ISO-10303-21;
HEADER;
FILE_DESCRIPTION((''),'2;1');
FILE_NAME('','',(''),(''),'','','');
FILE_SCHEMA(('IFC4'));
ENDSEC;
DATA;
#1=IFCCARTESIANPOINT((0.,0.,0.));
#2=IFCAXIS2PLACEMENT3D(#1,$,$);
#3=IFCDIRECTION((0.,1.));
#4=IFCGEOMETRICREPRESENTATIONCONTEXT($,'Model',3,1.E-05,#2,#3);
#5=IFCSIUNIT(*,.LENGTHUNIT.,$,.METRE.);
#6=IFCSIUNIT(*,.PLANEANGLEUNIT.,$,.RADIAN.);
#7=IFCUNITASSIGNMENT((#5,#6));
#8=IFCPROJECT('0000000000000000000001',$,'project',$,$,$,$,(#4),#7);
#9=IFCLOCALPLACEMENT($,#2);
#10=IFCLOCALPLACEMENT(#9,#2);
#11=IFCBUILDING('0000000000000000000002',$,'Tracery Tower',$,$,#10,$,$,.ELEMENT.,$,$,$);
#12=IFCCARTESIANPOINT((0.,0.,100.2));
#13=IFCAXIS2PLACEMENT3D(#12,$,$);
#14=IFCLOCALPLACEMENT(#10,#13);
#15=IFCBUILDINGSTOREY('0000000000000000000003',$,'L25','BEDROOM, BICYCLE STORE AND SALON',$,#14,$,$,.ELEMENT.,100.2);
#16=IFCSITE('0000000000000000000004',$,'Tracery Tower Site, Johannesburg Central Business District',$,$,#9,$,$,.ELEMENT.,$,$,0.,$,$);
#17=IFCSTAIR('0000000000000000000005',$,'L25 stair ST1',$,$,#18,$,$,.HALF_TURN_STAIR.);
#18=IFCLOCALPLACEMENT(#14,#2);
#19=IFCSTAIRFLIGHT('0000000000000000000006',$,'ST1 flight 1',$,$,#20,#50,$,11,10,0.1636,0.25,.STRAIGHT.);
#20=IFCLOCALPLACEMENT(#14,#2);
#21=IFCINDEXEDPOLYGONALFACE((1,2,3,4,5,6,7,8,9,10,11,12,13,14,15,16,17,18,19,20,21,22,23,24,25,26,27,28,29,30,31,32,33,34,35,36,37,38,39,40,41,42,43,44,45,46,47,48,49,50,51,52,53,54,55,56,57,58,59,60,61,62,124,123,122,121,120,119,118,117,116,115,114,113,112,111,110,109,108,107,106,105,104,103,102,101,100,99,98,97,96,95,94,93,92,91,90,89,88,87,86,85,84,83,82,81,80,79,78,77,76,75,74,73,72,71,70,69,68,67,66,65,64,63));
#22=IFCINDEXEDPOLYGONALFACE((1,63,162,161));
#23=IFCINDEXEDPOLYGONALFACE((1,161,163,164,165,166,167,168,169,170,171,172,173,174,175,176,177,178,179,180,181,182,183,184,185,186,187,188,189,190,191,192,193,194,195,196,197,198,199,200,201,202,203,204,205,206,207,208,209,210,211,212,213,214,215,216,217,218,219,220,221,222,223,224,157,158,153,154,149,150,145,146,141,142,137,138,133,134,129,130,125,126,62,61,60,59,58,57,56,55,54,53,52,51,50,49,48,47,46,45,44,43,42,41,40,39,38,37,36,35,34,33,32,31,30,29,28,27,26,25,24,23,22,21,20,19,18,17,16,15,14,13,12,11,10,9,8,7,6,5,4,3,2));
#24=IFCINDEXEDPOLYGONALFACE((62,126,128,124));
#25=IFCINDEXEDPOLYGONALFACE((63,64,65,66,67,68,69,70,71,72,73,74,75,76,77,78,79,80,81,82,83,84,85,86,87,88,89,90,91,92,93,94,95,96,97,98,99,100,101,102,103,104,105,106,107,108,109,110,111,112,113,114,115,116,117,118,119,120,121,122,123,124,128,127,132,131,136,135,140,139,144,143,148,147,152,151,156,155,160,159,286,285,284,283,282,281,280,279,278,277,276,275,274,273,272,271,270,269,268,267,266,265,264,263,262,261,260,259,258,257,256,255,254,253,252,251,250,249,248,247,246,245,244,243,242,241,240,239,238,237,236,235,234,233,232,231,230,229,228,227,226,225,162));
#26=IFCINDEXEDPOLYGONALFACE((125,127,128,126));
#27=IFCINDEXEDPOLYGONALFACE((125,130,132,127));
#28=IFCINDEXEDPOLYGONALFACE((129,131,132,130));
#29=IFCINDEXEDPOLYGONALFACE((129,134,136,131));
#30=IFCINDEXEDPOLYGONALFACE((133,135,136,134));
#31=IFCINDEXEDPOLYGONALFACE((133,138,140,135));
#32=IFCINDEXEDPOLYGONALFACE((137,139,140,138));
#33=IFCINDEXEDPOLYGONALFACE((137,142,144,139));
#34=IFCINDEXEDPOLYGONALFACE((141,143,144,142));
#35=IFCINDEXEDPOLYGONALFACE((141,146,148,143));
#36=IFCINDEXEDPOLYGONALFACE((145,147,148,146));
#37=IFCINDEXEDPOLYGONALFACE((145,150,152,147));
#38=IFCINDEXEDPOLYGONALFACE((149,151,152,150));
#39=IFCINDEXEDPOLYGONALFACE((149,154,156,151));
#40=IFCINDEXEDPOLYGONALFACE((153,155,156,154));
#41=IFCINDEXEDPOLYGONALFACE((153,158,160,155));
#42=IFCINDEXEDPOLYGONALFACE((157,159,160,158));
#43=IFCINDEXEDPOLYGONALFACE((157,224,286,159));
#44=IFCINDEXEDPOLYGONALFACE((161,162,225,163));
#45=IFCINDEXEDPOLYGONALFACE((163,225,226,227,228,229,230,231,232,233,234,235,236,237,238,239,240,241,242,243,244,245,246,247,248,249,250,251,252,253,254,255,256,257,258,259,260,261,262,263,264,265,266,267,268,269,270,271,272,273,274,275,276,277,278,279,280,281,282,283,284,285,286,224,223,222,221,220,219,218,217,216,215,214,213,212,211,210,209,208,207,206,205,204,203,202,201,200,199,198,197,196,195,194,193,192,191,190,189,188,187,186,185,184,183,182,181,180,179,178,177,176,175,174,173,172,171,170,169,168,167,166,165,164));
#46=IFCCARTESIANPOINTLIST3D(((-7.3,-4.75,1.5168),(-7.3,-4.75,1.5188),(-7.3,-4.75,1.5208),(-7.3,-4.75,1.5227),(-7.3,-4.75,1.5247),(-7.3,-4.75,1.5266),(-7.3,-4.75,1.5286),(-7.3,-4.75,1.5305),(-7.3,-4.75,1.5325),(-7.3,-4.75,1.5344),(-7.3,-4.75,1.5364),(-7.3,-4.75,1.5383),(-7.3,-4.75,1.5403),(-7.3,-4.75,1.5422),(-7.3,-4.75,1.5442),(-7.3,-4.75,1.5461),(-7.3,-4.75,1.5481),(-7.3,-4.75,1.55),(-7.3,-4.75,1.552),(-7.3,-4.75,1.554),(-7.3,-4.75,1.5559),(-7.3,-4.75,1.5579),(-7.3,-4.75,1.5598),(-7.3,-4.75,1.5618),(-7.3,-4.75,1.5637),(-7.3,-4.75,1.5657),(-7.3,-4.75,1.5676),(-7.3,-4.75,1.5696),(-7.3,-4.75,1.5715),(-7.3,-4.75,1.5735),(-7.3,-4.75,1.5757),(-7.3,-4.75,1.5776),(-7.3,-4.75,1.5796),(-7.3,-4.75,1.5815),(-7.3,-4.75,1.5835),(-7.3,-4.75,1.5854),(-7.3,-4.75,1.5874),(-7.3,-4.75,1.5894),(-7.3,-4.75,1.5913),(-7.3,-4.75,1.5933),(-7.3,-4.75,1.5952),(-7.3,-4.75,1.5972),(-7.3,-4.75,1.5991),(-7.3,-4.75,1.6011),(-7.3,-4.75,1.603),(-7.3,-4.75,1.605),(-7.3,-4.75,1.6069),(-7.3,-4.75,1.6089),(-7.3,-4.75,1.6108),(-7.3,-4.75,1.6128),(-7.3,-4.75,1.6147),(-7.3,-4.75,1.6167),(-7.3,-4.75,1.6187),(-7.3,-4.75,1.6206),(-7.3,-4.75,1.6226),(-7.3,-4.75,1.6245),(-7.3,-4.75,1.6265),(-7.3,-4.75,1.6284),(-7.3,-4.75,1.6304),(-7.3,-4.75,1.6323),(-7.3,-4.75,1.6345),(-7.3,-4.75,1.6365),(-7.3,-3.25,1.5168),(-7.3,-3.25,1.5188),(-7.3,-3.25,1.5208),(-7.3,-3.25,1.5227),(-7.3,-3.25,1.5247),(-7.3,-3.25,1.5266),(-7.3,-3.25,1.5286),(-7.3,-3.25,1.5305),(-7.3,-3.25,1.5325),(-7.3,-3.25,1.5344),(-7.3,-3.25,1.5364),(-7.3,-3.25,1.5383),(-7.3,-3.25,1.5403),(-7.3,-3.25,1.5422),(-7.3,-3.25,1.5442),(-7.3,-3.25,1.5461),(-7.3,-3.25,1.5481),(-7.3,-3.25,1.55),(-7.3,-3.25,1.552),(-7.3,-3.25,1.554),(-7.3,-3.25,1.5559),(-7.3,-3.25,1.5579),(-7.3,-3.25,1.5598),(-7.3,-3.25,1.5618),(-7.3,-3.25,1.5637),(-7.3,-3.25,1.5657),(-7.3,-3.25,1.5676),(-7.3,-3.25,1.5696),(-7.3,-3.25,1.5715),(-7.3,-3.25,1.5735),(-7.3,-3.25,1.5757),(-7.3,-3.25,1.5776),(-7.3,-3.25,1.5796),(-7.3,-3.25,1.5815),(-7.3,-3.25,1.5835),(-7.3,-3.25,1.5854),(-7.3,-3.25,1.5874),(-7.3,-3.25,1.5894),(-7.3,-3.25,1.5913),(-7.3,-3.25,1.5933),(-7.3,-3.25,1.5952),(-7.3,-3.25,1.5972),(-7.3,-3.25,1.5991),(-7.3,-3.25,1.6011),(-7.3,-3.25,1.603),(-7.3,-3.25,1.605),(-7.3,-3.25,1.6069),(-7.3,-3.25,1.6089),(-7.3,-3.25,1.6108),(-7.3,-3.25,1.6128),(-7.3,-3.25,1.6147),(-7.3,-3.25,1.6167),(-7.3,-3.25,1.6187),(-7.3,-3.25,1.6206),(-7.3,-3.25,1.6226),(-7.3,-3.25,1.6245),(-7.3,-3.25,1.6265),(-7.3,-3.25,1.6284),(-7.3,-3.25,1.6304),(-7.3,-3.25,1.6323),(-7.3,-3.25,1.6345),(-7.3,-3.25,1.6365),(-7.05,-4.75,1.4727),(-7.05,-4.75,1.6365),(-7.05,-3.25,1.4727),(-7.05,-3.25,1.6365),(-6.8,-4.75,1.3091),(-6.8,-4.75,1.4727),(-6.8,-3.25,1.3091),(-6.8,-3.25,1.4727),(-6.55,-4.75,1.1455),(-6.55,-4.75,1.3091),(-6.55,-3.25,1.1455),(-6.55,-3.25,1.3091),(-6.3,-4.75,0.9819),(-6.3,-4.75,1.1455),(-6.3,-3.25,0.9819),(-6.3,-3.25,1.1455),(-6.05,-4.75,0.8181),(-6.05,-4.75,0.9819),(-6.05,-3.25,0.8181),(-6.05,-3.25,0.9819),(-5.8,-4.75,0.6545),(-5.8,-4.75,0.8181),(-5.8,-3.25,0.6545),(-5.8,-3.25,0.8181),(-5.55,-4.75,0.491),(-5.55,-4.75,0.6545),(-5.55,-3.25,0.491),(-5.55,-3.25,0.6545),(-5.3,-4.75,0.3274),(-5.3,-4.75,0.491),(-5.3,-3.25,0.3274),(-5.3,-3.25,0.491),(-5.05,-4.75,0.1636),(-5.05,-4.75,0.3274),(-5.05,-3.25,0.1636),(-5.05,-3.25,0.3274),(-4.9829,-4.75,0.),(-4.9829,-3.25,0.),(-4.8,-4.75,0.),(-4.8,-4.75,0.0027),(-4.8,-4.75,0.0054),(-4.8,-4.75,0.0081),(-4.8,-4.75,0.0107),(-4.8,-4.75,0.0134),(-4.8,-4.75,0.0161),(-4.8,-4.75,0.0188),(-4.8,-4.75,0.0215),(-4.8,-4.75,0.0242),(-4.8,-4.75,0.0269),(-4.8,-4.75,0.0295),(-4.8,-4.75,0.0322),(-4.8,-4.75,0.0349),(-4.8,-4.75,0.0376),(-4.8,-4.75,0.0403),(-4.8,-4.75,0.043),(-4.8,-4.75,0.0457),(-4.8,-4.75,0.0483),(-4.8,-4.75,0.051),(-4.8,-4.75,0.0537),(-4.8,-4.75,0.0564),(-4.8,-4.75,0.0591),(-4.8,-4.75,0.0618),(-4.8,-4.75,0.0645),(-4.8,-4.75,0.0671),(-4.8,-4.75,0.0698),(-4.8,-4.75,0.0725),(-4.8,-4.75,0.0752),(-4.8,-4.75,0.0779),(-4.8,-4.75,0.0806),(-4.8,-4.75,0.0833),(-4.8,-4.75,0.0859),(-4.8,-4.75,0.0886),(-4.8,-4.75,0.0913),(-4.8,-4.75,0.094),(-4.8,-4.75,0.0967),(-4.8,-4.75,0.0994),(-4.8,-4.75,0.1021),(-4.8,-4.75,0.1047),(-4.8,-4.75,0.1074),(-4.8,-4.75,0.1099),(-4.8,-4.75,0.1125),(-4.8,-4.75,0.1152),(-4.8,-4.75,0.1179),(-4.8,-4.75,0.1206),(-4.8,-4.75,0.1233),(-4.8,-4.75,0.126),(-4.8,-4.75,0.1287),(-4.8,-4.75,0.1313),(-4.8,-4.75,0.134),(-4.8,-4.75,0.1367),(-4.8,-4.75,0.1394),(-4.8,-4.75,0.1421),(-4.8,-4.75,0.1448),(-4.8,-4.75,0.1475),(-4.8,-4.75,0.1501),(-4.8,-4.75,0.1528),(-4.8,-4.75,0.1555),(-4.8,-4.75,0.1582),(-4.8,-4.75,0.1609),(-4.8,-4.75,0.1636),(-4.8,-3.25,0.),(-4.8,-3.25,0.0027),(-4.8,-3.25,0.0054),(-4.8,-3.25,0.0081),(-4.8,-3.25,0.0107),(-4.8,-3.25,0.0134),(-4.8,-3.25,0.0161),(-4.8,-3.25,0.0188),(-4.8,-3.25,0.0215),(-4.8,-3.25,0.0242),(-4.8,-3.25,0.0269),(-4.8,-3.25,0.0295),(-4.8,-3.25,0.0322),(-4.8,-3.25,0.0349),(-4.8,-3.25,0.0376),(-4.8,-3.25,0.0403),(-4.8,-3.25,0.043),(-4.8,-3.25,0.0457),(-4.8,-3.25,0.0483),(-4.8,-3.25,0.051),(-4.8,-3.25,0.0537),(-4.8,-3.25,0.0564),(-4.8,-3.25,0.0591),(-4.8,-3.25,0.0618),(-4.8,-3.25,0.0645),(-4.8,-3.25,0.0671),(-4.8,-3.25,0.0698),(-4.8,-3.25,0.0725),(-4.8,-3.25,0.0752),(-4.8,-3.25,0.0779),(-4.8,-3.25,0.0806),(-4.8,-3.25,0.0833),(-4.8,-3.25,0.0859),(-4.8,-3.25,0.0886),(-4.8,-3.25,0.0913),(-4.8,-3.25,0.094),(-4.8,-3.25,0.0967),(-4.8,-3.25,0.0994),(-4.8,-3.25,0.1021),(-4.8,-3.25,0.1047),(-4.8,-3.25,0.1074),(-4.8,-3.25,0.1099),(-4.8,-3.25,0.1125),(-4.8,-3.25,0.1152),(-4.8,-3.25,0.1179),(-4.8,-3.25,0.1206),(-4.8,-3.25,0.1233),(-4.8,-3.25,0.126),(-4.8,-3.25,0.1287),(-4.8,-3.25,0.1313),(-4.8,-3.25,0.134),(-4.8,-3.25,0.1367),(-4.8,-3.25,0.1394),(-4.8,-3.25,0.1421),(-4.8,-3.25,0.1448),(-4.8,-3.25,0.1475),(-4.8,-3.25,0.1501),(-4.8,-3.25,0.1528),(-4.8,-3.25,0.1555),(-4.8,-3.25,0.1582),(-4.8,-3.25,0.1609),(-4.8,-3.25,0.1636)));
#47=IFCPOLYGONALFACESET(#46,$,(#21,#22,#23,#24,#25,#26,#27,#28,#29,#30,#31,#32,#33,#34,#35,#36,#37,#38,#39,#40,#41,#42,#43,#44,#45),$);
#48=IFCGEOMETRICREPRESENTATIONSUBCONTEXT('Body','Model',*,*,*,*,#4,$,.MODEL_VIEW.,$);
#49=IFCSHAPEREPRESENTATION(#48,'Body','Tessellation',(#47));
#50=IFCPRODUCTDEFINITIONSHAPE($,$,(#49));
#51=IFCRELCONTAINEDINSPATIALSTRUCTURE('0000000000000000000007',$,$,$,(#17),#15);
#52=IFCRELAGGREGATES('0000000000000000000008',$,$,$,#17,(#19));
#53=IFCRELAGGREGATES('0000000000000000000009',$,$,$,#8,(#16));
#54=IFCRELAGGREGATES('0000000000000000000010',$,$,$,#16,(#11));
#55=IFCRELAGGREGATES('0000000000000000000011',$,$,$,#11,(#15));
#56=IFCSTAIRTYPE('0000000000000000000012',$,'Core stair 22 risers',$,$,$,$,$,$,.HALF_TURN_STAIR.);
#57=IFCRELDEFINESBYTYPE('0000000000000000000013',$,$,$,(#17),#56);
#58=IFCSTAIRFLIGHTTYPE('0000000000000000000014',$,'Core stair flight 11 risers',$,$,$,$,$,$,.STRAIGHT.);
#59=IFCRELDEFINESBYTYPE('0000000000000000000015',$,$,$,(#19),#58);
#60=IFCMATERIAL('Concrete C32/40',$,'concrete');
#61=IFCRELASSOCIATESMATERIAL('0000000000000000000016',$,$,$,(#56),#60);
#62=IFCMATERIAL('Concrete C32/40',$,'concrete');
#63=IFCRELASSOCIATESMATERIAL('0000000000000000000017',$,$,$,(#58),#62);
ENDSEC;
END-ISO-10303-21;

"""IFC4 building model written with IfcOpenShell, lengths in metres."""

from ifc_helpers import new_model, si_unit, direction, frame, origin, place, context, subcontext, project, spatial, polyline, outline, extrude, material, type_object, element, aggregate, save


model = new_model("IFC4")

# Units and contexts
model_context = context("Model", 3, precision=1e-05, world=origin(), true_north=direction((0.0, 1.0)))
body_context = subcontext(model_context, "Body", "Model", "MODEL_VIEW")
ifc_project = project(units=[si_unit("LENGTHUNIT", "METRE"), si_unit("PLANEANGLEUNIT", "RADIAN")], contexts=[model_context])

# Site, building, storey
site_placement = place(None, origin())
site = spatial("IfcSite", under=ifc_project, at=site_placement, Name="Tracery Tower Site, Johannesburg Central Business District", CompositionType="ELEMENT", RefElevation=0.0)
building_placement = place(site_placement, origin())
building = spatial("IfcBuilding", under=site, at=building_placement, Name="Tracery Tower", CompositionType="ELEMENT")
storey_placement = place(building_placement, frame((0.0, 0.0, 100.2)))
storey = spatial("IfcBuildingStorey", under=building, at=storey_placement, Name="L25", Description="BEDROOM, BICYCLE STORE AND SALON", CompositionType="ELEMENT", Elevation=100.2)

# Stair, stair flight
ifc_material_1 = material(Name="Concrete C32/40", Category="concrete")
stair_type = type_object("IfcStairType", Name="Core stair 22 risers", PredefinedType="HALF_TURN_STAIR", material=ifc_material_1)
stair_placement = place(storey_placement, origin())
stair = element("IfcStair", 1, at=stair_placement, inside=storey, type_object=stair_type, Name="L25 stair ST1", PredefinedType="HALF_TURN_STAIR")
ifc_material_2 = material(Name="Concrete C32/40", Category="concrete")
stair_flight_type = type_object("IfcStairFlightType", Name="Core stair flight 11 risers", PredefinedType="STRAIGHT", material=ifc_material_2)
stair_flight_1_placement = place(storey_placement, frame((-4.8, -4.0, 0.0), z_axis=(0.0, 0.0, 1.0), x_axis=(-1.0, 0.0, 0.0)))
stair_flight_1 = element("IfcStairFlight", 2, at=stair_flight_1_placement, type_object=stair_flight_type, Name="ST1 flight 1", NumberOfRisers=11, NumberOfTreads=10, PredefinedType="STRAIGHT", RiserHeight=0.1636, TreadLength=0.25, context=body_context, shape_type="SweptSolid", body=[
    extrude(outline(polyline([(0.0, 0.0), (0.0, 0.0027), (0.0, 0.0054), (0.0, 0.0081), (0.0, 0.0107), (0.0, 0.0134), (0.0, 0.0161), (0.0, 0.0188), (0.0, 0.0215), (0.0, 0.0242), (0.0, 0.0269), (0.0, 0.0295), (0.0, 0.0322), (0.0, 0.0349), (0.0, 0.0376), (0.0, 0.0403), (0.0, 0.043), (0.0, 0.0457), (0.0, 0.0483), (0.0, 0.051), (0.0, 0.0537), (0.0, 0.0564), (0.0, 0.0591), (0.0, 0.0618), (0.0, 0.0645), (0.0, 0.0671), (0.0, 0.0698), (0.0, 0.0725), (0.0, 0.0752), (0.0, 0.0779), (0.0, 0.0806), (0.0, 0.0833), (0.0, 0.0859), (0.0, 0.0886), (0.0, 0.0913), (0.0, 0.094), (0.0, 0.0967), (0.0, 0.0994), (0.0, 0.1021), (0.0, 0.1047), (0.0, 0.1074), (0.0, 0.1099), (0.0, 0.1125), (0.0, 0.1152), (0.0, 0.1179), (0.0, 0.1206), (0.0, 0.1233), (0.0, 0.126), (0.0, 0.1287), (0.0, 0.1313), (0.0, 0.134), (0.0, 0.1367), (0.0, 0.1394), (0.0, 0.1421), (0.0, 0.1448), (0.0, 0.1475), (0.0, 0.1501), (0.0, 0.1528), (0.0, 0.1555), (0.0, 0.1582), (0.0, 0.1609), (0.0, 0.1636), (0.25, 0.1636), (0.25, 0.3274), (0.5, 0.3274), (0.5, 0.491), (0.75, 0.491), (0.75, 0.6545), (1.0, 0.6545), (1.0, 0.8181), (1.25, 0.8181), (1.25, 0.9819), (1.5, 0.9819), (1.5, 1.1455), (1.75, 1.1455), (1.75, 1.3091), (2.0, 1.3091), (2.0, 1.4727), (2.25, 1.4727), (2.25, 1.6365), (2.5, 1.6365), (2.5, 1.6345), (2.5, 1.6323), (2.5, 1.6304), (2.5, 1.6284), (2.5, 1.6265), (2.5, 1.6245), (2.5, 1.6226), (2.5, 1.6206), (2.5, 1.6187), (2.5, 1.6167), (2.5, 1.6147), (2.5, 1.6128), (2.5, 1.6108), (2.5, 1.6089), (2.5, 1.6069), (2.5, 1.605), (2.5, 1.603), (2.5, 1.6011), (2.5, 1.5991), (2.5, 1.5972), (2.5, 1.5952), (2.5, 1.5933), (2.5, 1.5913), (2.5, 1.5894), (2.5, 1.5874), (2.5, 1.5854), (2.5, 1.5835), (2.5, 1.5815), (2.5, 1.5796), (2.5, 1.5776), (2.5, 1.5757), (2.5, 1.5735), (2.5, 1.5715), (2.5, 1.5696), (2.5, 1.5676), (2.5, 1.5657), (2.5, 1.5637), (2.5, 1.5618), (2.5, 1.5598), (2.5, 1.5579), (2.5, 1.5559), (2.5, 1.554), (2.5, 1.552), (2.5, 1.55), (2.5, 1.5481), (2.5, 1.5461), (2.5, 1.5442), (2.5, 1.5422), (2.5, 1.5403), (2.5, 1.5383), (2.5, 1.5364), (2.5, 1.5344), (2.5, 1.5325), (2.5, 1.5305), (2.5, 1.5286), (2.5, 1.5266), (2.5, 1.5247), (2.5, 1.5227), (2.5, 1.5208), (2.5, 1.5188), (2.5, 1.5168), (0.1829, 0.0), (0.0, 0.0)])), frame((0.0, 0.75, 0.0), z_axis=(0.0, -1.0, 0.0), x_axis=(1.0, 0.0, 0.0)), (0.0, 0.0, 1.0), 1.5),
])
aggregate(stair, [stair_flight_1])

save(model, "model.ifc")
